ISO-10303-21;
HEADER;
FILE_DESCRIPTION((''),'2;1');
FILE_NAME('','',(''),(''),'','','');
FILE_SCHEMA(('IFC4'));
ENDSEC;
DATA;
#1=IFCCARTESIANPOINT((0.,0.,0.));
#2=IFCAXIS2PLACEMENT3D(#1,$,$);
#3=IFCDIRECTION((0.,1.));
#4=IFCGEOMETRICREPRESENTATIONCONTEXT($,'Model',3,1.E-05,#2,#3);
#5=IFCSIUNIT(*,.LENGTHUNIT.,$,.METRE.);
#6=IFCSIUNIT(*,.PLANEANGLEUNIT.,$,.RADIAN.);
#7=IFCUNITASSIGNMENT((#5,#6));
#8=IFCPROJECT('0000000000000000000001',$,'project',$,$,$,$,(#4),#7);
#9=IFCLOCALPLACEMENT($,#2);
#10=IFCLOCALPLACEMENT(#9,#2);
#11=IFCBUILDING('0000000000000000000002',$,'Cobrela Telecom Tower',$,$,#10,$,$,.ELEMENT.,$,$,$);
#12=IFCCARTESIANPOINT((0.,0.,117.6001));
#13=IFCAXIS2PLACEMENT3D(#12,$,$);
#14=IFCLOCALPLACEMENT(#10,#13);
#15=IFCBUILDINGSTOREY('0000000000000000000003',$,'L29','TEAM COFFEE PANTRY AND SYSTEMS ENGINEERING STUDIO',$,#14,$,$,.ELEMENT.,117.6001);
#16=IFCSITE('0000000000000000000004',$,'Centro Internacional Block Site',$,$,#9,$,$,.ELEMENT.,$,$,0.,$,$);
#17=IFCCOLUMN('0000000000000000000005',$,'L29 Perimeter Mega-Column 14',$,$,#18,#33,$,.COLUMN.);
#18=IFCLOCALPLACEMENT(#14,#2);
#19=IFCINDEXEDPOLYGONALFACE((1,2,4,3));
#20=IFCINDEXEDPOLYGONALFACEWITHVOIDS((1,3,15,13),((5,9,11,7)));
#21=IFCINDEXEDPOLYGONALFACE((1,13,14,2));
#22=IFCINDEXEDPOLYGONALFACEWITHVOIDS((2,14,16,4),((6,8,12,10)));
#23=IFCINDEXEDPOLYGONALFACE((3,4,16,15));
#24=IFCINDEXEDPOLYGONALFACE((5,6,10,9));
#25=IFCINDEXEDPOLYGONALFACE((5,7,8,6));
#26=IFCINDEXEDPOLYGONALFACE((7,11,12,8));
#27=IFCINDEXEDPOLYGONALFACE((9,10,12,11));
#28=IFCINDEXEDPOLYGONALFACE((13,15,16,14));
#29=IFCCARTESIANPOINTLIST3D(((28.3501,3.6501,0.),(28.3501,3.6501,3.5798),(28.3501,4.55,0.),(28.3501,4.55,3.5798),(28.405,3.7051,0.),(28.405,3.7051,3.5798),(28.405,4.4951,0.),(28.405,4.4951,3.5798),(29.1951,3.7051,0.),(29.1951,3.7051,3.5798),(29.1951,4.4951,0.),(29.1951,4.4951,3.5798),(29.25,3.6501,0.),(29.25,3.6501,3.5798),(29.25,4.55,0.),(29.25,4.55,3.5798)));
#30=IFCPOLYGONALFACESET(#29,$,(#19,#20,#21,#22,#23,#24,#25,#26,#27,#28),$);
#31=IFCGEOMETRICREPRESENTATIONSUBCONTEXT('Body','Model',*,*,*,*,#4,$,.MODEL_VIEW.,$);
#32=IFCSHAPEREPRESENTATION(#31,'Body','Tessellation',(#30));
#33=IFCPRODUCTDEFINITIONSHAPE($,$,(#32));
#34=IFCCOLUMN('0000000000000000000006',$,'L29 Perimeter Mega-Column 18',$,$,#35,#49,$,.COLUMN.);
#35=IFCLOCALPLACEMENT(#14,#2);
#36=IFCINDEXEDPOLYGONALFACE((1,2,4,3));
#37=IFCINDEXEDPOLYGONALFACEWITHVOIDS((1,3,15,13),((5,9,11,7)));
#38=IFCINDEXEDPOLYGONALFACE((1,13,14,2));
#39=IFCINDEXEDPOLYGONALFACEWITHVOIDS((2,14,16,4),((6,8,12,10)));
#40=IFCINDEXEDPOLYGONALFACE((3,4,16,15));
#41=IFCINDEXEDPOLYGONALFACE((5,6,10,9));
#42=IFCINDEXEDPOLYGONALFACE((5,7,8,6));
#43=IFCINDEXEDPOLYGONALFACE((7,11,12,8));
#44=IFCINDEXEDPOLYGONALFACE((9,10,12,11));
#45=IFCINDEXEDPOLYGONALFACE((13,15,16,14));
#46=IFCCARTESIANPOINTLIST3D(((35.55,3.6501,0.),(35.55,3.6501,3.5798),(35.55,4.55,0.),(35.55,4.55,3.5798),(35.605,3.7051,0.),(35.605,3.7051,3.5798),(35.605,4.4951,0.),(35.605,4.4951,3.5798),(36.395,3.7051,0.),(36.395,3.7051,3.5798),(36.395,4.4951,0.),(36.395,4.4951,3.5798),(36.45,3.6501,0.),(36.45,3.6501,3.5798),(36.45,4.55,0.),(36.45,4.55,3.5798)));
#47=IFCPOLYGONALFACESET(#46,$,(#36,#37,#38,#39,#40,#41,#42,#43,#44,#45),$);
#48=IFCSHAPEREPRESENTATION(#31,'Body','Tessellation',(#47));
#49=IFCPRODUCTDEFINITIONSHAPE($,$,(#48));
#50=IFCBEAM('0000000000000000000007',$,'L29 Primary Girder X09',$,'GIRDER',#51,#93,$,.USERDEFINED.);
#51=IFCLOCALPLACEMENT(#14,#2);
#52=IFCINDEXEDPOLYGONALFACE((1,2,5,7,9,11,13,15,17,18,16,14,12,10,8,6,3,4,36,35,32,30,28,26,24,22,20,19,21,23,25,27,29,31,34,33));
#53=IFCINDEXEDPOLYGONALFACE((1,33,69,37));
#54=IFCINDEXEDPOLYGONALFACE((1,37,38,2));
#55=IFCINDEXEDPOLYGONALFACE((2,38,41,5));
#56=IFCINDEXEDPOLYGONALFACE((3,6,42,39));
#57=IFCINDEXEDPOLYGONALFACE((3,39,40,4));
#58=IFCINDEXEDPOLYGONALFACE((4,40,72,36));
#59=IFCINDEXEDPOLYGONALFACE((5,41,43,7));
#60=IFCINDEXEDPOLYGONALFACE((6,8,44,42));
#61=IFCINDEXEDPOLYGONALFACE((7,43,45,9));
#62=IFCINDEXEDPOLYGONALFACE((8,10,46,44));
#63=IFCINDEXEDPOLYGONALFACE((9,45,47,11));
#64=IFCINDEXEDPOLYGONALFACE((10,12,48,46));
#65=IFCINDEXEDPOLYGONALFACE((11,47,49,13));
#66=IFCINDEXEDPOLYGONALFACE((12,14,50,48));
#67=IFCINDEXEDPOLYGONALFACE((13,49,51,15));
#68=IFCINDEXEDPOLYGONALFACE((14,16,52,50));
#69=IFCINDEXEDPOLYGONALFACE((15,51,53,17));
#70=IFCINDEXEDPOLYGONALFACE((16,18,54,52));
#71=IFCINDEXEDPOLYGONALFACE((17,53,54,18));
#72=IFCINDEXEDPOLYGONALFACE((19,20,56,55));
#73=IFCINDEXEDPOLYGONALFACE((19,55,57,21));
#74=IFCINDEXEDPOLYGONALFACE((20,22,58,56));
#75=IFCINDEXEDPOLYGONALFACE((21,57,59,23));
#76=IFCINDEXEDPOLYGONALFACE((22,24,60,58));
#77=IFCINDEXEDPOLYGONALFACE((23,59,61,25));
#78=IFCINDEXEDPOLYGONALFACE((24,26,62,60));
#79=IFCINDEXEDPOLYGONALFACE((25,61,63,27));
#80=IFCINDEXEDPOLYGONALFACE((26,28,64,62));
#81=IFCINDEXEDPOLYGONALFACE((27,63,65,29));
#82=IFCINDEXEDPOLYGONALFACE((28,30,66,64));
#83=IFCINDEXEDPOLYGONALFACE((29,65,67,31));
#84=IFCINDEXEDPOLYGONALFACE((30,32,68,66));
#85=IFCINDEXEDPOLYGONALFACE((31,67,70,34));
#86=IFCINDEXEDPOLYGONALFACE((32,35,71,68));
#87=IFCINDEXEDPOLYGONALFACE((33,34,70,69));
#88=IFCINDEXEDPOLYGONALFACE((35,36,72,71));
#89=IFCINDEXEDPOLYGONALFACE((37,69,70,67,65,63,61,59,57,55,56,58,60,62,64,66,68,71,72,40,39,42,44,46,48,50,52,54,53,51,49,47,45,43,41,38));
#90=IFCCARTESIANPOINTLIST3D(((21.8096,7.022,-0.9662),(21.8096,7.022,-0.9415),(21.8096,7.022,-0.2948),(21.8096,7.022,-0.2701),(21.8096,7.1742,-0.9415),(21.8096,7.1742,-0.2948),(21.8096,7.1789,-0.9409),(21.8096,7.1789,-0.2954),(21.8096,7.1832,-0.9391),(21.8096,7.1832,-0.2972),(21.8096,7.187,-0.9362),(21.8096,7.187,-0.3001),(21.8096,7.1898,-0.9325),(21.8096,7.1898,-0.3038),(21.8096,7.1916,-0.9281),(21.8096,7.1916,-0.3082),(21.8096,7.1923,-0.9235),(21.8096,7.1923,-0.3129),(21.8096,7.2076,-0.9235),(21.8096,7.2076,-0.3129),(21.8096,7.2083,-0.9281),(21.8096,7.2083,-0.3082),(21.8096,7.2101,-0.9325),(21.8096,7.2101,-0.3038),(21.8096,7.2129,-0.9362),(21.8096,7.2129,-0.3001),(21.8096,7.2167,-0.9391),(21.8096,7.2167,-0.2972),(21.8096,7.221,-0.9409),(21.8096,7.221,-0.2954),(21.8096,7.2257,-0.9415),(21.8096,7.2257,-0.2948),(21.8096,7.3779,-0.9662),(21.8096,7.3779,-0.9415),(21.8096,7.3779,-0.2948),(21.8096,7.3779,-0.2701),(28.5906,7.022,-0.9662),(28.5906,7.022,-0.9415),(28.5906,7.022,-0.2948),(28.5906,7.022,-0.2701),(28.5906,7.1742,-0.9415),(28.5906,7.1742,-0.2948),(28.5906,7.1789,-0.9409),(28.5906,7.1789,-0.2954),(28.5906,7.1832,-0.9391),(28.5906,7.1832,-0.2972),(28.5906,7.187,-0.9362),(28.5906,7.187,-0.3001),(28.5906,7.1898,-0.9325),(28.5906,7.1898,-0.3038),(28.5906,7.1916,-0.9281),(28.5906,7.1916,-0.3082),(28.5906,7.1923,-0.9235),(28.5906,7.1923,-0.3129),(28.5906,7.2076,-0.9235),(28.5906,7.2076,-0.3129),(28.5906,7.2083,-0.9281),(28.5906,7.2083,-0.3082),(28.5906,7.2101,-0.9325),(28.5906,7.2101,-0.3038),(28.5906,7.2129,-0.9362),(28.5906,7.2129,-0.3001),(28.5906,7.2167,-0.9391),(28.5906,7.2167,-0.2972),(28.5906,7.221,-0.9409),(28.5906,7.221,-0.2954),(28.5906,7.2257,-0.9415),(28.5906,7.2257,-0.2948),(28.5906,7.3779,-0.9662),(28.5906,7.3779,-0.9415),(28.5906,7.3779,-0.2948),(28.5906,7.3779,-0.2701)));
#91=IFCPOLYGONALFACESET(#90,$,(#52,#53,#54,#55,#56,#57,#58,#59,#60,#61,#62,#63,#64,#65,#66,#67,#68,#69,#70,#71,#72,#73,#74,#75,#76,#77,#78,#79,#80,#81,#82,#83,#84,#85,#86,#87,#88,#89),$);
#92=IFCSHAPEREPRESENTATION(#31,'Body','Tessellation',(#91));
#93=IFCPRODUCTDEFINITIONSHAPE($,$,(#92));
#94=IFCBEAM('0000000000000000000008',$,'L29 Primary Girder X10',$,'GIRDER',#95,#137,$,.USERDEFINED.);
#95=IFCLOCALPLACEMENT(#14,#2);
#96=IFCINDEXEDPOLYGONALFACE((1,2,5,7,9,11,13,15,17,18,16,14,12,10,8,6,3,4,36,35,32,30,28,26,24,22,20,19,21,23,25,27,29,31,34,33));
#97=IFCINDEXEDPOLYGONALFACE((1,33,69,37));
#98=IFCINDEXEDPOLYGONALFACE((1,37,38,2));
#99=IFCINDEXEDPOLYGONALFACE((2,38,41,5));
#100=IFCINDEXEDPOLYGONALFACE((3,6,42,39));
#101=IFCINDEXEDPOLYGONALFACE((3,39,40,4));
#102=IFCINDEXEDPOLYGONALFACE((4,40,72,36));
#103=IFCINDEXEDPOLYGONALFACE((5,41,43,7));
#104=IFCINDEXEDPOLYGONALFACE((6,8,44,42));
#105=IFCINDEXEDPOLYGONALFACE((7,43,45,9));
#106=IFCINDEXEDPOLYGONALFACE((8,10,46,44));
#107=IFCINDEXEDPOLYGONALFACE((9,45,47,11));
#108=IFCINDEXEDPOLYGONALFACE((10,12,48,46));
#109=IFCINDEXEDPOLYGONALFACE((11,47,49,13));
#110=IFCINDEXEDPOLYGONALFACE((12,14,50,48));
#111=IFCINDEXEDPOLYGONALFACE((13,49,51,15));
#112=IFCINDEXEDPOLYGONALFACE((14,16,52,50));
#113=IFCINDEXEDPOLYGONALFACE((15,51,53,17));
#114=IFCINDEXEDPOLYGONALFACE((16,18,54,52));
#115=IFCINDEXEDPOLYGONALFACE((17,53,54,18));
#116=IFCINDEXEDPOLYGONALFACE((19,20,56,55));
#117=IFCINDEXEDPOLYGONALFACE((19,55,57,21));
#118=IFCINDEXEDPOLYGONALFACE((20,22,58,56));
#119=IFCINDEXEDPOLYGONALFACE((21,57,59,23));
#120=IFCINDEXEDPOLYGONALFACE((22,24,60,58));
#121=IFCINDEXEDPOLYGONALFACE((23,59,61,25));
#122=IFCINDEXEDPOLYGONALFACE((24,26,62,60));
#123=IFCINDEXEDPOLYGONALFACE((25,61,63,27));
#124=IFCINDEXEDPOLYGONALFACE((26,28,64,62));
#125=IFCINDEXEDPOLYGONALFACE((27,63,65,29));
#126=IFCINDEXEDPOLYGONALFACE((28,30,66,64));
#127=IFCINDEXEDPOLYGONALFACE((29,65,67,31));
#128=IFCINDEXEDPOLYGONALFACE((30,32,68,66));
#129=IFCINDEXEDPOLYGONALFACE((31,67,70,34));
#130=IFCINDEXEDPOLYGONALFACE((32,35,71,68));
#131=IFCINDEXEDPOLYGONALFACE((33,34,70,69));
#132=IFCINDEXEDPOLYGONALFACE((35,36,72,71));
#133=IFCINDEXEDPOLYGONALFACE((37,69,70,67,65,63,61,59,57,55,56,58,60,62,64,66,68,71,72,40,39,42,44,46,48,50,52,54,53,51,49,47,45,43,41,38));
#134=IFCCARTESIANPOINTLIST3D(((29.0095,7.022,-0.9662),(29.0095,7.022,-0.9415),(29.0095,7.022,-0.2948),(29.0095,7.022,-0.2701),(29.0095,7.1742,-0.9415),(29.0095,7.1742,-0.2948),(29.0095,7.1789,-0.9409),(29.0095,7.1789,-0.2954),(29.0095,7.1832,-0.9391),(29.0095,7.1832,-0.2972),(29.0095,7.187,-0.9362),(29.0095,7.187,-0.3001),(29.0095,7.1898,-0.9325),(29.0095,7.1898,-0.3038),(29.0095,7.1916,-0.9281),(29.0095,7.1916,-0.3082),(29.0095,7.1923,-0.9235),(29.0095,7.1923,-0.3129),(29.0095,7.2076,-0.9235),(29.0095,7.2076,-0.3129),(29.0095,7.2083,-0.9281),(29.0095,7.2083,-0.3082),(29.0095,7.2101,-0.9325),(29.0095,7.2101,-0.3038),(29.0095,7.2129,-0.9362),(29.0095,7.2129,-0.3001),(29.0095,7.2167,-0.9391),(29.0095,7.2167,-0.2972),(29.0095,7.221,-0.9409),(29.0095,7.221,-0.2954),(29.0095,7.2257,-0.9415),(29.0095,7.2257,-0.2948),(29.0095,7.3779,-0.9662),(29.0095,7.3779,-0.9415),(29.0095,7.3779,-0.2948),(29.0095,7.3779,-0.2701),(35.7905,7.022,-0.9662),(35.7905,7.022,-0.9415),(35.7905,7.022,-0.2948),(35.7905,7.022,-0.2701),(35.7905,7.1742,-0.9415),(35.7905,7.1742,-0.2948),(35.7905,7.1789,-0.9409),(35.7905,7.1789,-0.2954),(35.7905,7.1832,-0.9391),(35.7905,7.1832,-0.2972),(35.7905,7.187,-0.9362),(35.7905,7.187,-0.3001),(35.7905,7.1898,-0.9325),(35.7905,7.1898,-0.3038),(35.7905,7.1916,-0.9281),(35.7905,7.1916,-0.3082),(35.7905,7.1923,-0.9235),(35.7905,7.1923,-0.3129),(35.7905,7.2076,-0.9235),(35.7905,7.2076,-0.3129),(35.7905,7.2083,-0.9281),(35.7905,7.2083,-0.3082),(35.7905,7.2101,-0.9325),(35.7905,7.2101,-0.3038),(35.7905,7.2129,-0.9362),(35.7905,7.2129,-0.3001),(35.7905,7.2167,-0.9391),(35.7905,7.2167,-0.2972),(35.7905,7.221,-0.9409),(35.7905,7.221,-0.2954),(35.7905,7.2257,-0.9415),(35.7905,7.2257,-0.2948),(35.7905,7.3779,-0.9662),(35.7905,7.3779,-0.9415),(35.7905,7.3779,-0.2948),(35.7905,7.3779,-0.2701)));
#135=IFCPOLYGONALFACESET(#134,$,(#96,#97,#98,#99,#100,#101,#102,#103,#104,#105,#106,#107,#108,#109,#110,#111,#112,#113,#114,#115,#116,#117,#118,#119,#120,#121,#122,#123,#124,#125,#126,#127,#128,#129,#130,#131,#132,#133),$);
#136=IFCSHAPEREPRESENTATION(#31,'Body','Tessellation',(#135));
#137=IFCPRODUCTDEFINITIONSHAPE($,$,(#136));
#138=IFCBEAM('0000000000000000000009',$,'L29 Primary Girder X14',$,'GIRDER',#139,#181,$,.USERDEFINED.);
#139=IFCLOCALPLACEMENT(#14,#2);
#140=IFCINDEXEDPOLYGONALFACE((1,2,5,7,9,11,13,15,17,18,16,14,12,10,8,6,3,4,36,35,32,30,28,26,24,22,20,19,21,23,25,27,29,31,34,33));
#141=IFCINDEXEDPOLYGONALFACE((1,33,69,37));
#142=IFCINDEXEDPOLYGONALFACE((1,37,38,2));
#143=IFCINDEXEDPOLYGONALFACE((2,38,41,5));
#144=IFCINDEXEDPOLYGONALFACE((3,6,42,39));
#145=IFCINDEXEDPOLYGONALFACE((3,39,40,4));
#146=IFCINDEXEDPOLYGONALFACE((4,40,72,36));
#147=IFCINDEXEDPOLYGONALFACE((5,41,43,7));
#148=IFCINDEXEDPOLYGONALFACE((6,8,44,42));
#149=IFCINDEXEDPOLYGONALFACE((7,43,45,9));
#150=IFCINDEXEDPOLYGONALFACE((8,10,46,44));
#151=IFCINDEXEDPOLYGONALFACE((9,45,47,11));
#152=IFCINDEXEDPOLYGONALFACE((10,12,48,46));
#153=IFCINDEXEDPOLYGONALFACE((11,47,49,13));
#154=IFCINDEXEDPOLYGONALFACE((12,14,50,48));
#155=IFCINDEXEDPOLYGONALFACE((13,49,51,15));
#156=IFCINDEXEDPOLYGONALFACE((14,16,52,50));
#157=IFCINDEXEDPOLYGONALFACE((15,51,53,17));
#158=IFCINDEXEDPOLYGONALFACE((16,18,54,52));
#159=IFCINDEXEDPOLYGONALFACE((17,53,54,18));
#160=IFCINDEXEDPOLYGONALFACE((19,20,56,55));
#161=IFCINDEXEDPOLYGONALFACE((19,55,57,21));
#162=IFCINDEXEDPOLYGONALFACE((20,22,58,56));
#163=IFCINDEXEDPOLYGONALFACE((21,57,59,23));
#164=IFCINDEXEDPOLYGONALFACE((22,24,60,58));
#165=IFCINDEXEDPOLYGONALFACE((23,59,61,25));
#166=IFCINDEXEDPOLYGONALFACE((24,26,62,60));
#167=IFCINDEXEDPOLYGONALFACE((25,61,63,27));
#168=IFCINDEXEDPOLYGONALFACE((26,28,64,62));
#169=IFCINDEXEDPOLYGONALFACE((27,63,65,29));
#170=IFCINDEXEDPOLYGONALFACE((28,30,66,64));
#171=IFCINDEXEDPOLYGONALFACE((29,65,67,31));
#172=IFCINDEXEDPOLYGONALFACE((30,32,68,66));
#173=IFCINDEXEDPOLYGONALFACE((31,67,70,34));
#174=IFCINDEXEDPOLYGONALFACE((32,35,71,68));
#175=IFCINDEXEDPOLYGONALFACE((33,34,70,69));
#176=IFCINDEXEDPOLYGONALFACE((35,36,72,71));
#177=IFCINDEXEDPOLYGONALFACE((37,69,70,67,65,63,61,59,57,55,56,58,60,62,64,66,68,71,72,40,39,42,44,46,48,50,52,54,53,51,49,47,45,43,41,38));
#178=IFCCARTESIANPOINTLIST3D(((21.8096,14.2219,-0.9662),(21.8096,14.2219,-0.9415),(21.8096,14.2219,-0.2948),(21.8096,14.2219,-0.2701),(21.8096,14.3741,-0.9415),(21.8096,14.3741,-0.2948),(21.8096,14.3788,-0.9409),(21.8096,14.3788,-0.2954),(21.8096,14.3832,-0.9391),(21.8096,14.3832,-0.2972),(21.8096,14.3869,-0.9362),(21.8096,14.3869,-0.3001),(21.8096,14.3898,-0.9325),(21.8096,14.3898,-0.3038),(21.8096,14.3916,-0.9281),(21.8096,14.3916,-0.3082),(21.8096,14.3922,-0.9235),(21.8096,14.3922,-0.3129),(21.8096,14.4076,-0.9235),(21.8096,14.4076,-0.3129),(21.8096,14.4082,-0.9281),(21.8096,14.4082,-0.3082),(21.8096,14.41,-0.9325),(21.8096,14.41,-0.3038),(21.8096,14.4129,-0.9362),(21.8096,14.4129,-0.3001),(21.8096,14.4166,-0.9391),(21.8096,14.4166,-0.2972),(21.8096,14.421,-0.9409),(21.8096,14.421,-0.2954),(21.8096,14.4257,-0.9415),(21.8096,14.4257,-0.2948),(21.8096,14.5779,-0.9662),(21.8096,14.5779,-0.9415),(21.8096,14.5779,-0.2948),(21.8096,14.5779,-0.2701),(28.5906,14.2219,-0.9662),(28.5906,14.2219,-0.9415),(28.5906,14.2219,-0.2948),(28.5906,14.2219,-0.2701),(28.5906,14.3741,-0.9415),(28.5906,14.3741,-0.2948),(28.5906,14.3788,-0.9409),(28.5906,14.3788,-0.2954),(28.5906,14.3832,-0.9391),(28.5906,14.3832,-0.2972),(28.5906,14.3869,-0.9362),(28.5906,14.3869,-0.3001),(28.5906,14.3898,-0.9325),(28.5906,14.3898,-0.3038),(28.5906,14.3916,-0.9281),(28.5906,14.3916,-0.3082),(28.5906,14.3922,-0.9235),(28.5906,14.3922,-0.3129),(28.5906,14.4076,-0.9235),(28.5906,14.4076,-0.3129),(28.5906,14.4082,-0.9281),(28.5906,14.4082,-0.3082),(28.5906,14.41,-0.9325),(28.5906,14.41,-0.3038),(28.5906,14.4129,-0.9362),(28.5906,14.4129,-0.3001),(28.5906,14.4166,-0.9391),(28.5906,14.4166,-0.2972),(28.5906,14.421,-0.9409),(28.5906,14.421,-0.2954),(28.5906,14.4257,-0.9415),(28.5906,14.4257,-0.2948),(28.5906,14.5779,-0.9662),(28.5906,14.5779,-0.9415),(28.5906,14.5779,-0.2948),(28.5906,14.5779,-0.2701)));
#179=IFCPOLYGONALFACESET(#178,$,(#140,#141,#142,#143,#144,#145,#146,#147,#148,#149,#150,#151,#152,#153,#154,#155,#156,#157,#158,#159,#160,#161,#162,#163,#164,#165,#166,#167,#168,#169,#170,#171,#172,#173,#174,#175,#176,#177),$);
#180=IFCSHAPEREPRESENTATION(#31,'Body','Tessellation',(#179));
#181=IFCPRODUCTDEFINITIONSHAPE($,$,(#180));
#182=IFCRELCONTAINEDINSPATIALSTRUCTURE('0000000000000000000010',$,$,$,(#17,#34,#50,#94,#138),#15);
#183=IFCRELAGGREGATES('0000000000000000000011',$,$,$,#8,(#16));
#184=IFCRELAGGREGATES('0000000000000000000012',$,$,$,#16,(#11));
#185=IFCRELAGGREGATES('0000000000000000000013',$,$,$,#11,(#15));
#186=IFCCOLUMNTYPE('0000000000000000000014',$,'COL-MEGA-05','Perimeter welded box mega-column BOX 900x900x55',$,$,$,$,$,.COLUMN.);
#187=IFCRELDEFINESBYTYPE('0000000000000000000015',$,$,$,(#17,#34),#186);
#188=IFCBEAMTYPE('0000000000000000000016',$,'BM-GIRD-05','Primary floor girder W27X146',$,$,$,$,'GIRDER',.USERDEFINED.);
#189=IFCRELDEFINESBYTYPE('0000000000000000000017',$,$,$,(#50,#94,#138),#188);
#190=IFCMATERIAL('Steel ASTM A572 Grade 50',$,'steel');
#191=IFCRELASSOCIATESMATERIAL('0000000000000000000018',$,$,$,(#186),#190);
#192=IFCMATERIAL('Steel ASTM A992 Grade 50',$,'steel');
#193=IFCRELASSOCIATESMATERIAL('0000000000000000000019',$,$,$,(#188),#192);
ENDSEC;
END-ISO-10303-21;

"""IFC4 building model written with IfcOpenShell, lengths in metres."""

from ifc_helpers import new_model, si_unit, direction, frame, origin, origin_2d, place, context, subcontext, project, spatial, hollow_rectangle, i_section, extrude, material, material_profile, profile_set, type_object, element, save


model = new_model("IFC4")

# Units and contexts
model_context = context("Model", 3, precision=1e-05, world=origin(), true_north=direction((0.0, 1.0)))
body_context = subcontext(model_context, "Body", "Model", "MODEL_VIEW")
ifc_project = project(units=[si_unit("LENGTHUNIT", "METRE"), si_unit("PLANEANGLEUNIT", "RADIAN")], contexts=[model_context])

# Site, building, storey
site_placement = place(None, origin())
site = spatial("IfcSite", under=ifc_project, at=site_placement, Name="Centro Internacional Block Site", CompositionType="ELEMENT", RefElevation=0.0)
building_placement = place(site_placement, origin())
building = spatial("IfcBuilding", under=site, at=building_placement, Name="Cobrela Telecom Tower", CompositionType="ELEMENT")
storey_placement = place(building_placement, frame((0.0, 0.0, 117.6001)))
storey = spatial("IfcBuildingStorey", under=building, at=storey_placement, Name="L29", Description="TEAM COFFEE PANTRY AND SYSTEMS ENGINEERING STUDIO", CompositionType="ELEMENT", Elevation=117.6001)

# Columns
ifc_material_1 = material(Name="Steel ASTM A992 Grade 50", Category="steel")
ifc_material_2 = material(Name="Steel ASTM A572 Grade 50", Category="steel")
ifc_material_profile_1 = material_profile(ifc_material_2, hollow_rectangle(XDim=0.8999, YDim=0.8999, WallThickness=0.0549, at=origin_2d()), Name="BOX 900x900x55")
ifc_profile_set_1 = profile_set([ifc_material_profile_1], Name="Steel ASTM A572 Grade 50")
column_type_1 = type_object("IfcColumnType", Name="COL-MEGA-05", Description="Perimeter welded box mega-column BOX 900x900x55", PredefinedType="COLUMN", material=ifc_profile_set_1)
for number, where, z_axis, x_axis, name in (
    (1, (28.8, 4.1001, 0.0), (0.0, 0.0, 1.0), (1.0, 0.0, 0.0), "L29 Perimeter Mega-Column 14"),
    (2, (36.0, 4.1001, 0.0), (0.0, 0.0, 1.0), (1.0, 0.0, 0.0), "L29 Perimeter Mega-Column 18"),
):
    element("IfcColumn", number, at=place(storey_placement, frame(where, z_axis=z_axis, x_axis=x_axis)), inside=storey, type_object=column_type_1, Name=name, PredefinedType="COLUMN", context=body_context, shape_type="SweptSolid", body=[
        extrude(hollow_rectangle(XDim=0.8999, YDim=0.8999, WallThickness=0.0549, at=origin_2d()), origin(), (0.0, 0.0, 1.0), 3.5798),
    ])

# Beams
ifc_material_profile_2 = material_profile(ifc_material_1, i_section(OverallWidth=0.356, OverallDepth=0.696, WebThickness=0.0154, FlangeThickness=0.0247, FilletRadius=0.0181, at=origin_2d()), Name="W27X146")
ifc_profile_set_2 = profile_set([ifc_material_profile_2], Name="Steel ASTM A992 Grade 50")
beam_type_1 = type_object("IfcBeamType", Name="BM-GIRD-05", Description="Primary floor girder W27X146", ElementType="GIRDER", PredefinedType="USERDEFINED", material=ifc_profile_set_2)
for number, where, z_axis, x_axis, name in (
    (3, (21.8096, 7.2, -0.6182), (1.0, 0.0, 0.0), (0.0, 1.0, 0.0), "L29 Primary Girder X09"),
    (4, (29.0095, 7.2, -0.6182), (1.0, 0.0, 0.0), (0.0, 1.0, 0.0), "L29 Primary Girder X10"),
    (5, (21.8096, 14.3999, -0.6182), (1.0, 0.0, 0.0), (0.0, 1.0, 0.0), "L29 Primary Girder X14"),
):
    element("IfcBeam", number, at=place(storey_placement, frame(where, z_axis=z_axis, x_axis=x_axis)), inside=storey, type_object=beam_type_1, Name=name, ObjectType="GIRDER", PredefinedType="USERDEFINED", context=body_context, shape_type="SweptSolid", body=[
        extrude(i_section(OverallWidth=0.356, OverallDepth=0.696, WebThickness=0.0154, FlangeThickness=0.0247, FilletRadius=0.0181, at=origin_2d()), origin(), (0.0, 0.0, 1.0), 6.781),
    ])

save(model, "model.ifc")
